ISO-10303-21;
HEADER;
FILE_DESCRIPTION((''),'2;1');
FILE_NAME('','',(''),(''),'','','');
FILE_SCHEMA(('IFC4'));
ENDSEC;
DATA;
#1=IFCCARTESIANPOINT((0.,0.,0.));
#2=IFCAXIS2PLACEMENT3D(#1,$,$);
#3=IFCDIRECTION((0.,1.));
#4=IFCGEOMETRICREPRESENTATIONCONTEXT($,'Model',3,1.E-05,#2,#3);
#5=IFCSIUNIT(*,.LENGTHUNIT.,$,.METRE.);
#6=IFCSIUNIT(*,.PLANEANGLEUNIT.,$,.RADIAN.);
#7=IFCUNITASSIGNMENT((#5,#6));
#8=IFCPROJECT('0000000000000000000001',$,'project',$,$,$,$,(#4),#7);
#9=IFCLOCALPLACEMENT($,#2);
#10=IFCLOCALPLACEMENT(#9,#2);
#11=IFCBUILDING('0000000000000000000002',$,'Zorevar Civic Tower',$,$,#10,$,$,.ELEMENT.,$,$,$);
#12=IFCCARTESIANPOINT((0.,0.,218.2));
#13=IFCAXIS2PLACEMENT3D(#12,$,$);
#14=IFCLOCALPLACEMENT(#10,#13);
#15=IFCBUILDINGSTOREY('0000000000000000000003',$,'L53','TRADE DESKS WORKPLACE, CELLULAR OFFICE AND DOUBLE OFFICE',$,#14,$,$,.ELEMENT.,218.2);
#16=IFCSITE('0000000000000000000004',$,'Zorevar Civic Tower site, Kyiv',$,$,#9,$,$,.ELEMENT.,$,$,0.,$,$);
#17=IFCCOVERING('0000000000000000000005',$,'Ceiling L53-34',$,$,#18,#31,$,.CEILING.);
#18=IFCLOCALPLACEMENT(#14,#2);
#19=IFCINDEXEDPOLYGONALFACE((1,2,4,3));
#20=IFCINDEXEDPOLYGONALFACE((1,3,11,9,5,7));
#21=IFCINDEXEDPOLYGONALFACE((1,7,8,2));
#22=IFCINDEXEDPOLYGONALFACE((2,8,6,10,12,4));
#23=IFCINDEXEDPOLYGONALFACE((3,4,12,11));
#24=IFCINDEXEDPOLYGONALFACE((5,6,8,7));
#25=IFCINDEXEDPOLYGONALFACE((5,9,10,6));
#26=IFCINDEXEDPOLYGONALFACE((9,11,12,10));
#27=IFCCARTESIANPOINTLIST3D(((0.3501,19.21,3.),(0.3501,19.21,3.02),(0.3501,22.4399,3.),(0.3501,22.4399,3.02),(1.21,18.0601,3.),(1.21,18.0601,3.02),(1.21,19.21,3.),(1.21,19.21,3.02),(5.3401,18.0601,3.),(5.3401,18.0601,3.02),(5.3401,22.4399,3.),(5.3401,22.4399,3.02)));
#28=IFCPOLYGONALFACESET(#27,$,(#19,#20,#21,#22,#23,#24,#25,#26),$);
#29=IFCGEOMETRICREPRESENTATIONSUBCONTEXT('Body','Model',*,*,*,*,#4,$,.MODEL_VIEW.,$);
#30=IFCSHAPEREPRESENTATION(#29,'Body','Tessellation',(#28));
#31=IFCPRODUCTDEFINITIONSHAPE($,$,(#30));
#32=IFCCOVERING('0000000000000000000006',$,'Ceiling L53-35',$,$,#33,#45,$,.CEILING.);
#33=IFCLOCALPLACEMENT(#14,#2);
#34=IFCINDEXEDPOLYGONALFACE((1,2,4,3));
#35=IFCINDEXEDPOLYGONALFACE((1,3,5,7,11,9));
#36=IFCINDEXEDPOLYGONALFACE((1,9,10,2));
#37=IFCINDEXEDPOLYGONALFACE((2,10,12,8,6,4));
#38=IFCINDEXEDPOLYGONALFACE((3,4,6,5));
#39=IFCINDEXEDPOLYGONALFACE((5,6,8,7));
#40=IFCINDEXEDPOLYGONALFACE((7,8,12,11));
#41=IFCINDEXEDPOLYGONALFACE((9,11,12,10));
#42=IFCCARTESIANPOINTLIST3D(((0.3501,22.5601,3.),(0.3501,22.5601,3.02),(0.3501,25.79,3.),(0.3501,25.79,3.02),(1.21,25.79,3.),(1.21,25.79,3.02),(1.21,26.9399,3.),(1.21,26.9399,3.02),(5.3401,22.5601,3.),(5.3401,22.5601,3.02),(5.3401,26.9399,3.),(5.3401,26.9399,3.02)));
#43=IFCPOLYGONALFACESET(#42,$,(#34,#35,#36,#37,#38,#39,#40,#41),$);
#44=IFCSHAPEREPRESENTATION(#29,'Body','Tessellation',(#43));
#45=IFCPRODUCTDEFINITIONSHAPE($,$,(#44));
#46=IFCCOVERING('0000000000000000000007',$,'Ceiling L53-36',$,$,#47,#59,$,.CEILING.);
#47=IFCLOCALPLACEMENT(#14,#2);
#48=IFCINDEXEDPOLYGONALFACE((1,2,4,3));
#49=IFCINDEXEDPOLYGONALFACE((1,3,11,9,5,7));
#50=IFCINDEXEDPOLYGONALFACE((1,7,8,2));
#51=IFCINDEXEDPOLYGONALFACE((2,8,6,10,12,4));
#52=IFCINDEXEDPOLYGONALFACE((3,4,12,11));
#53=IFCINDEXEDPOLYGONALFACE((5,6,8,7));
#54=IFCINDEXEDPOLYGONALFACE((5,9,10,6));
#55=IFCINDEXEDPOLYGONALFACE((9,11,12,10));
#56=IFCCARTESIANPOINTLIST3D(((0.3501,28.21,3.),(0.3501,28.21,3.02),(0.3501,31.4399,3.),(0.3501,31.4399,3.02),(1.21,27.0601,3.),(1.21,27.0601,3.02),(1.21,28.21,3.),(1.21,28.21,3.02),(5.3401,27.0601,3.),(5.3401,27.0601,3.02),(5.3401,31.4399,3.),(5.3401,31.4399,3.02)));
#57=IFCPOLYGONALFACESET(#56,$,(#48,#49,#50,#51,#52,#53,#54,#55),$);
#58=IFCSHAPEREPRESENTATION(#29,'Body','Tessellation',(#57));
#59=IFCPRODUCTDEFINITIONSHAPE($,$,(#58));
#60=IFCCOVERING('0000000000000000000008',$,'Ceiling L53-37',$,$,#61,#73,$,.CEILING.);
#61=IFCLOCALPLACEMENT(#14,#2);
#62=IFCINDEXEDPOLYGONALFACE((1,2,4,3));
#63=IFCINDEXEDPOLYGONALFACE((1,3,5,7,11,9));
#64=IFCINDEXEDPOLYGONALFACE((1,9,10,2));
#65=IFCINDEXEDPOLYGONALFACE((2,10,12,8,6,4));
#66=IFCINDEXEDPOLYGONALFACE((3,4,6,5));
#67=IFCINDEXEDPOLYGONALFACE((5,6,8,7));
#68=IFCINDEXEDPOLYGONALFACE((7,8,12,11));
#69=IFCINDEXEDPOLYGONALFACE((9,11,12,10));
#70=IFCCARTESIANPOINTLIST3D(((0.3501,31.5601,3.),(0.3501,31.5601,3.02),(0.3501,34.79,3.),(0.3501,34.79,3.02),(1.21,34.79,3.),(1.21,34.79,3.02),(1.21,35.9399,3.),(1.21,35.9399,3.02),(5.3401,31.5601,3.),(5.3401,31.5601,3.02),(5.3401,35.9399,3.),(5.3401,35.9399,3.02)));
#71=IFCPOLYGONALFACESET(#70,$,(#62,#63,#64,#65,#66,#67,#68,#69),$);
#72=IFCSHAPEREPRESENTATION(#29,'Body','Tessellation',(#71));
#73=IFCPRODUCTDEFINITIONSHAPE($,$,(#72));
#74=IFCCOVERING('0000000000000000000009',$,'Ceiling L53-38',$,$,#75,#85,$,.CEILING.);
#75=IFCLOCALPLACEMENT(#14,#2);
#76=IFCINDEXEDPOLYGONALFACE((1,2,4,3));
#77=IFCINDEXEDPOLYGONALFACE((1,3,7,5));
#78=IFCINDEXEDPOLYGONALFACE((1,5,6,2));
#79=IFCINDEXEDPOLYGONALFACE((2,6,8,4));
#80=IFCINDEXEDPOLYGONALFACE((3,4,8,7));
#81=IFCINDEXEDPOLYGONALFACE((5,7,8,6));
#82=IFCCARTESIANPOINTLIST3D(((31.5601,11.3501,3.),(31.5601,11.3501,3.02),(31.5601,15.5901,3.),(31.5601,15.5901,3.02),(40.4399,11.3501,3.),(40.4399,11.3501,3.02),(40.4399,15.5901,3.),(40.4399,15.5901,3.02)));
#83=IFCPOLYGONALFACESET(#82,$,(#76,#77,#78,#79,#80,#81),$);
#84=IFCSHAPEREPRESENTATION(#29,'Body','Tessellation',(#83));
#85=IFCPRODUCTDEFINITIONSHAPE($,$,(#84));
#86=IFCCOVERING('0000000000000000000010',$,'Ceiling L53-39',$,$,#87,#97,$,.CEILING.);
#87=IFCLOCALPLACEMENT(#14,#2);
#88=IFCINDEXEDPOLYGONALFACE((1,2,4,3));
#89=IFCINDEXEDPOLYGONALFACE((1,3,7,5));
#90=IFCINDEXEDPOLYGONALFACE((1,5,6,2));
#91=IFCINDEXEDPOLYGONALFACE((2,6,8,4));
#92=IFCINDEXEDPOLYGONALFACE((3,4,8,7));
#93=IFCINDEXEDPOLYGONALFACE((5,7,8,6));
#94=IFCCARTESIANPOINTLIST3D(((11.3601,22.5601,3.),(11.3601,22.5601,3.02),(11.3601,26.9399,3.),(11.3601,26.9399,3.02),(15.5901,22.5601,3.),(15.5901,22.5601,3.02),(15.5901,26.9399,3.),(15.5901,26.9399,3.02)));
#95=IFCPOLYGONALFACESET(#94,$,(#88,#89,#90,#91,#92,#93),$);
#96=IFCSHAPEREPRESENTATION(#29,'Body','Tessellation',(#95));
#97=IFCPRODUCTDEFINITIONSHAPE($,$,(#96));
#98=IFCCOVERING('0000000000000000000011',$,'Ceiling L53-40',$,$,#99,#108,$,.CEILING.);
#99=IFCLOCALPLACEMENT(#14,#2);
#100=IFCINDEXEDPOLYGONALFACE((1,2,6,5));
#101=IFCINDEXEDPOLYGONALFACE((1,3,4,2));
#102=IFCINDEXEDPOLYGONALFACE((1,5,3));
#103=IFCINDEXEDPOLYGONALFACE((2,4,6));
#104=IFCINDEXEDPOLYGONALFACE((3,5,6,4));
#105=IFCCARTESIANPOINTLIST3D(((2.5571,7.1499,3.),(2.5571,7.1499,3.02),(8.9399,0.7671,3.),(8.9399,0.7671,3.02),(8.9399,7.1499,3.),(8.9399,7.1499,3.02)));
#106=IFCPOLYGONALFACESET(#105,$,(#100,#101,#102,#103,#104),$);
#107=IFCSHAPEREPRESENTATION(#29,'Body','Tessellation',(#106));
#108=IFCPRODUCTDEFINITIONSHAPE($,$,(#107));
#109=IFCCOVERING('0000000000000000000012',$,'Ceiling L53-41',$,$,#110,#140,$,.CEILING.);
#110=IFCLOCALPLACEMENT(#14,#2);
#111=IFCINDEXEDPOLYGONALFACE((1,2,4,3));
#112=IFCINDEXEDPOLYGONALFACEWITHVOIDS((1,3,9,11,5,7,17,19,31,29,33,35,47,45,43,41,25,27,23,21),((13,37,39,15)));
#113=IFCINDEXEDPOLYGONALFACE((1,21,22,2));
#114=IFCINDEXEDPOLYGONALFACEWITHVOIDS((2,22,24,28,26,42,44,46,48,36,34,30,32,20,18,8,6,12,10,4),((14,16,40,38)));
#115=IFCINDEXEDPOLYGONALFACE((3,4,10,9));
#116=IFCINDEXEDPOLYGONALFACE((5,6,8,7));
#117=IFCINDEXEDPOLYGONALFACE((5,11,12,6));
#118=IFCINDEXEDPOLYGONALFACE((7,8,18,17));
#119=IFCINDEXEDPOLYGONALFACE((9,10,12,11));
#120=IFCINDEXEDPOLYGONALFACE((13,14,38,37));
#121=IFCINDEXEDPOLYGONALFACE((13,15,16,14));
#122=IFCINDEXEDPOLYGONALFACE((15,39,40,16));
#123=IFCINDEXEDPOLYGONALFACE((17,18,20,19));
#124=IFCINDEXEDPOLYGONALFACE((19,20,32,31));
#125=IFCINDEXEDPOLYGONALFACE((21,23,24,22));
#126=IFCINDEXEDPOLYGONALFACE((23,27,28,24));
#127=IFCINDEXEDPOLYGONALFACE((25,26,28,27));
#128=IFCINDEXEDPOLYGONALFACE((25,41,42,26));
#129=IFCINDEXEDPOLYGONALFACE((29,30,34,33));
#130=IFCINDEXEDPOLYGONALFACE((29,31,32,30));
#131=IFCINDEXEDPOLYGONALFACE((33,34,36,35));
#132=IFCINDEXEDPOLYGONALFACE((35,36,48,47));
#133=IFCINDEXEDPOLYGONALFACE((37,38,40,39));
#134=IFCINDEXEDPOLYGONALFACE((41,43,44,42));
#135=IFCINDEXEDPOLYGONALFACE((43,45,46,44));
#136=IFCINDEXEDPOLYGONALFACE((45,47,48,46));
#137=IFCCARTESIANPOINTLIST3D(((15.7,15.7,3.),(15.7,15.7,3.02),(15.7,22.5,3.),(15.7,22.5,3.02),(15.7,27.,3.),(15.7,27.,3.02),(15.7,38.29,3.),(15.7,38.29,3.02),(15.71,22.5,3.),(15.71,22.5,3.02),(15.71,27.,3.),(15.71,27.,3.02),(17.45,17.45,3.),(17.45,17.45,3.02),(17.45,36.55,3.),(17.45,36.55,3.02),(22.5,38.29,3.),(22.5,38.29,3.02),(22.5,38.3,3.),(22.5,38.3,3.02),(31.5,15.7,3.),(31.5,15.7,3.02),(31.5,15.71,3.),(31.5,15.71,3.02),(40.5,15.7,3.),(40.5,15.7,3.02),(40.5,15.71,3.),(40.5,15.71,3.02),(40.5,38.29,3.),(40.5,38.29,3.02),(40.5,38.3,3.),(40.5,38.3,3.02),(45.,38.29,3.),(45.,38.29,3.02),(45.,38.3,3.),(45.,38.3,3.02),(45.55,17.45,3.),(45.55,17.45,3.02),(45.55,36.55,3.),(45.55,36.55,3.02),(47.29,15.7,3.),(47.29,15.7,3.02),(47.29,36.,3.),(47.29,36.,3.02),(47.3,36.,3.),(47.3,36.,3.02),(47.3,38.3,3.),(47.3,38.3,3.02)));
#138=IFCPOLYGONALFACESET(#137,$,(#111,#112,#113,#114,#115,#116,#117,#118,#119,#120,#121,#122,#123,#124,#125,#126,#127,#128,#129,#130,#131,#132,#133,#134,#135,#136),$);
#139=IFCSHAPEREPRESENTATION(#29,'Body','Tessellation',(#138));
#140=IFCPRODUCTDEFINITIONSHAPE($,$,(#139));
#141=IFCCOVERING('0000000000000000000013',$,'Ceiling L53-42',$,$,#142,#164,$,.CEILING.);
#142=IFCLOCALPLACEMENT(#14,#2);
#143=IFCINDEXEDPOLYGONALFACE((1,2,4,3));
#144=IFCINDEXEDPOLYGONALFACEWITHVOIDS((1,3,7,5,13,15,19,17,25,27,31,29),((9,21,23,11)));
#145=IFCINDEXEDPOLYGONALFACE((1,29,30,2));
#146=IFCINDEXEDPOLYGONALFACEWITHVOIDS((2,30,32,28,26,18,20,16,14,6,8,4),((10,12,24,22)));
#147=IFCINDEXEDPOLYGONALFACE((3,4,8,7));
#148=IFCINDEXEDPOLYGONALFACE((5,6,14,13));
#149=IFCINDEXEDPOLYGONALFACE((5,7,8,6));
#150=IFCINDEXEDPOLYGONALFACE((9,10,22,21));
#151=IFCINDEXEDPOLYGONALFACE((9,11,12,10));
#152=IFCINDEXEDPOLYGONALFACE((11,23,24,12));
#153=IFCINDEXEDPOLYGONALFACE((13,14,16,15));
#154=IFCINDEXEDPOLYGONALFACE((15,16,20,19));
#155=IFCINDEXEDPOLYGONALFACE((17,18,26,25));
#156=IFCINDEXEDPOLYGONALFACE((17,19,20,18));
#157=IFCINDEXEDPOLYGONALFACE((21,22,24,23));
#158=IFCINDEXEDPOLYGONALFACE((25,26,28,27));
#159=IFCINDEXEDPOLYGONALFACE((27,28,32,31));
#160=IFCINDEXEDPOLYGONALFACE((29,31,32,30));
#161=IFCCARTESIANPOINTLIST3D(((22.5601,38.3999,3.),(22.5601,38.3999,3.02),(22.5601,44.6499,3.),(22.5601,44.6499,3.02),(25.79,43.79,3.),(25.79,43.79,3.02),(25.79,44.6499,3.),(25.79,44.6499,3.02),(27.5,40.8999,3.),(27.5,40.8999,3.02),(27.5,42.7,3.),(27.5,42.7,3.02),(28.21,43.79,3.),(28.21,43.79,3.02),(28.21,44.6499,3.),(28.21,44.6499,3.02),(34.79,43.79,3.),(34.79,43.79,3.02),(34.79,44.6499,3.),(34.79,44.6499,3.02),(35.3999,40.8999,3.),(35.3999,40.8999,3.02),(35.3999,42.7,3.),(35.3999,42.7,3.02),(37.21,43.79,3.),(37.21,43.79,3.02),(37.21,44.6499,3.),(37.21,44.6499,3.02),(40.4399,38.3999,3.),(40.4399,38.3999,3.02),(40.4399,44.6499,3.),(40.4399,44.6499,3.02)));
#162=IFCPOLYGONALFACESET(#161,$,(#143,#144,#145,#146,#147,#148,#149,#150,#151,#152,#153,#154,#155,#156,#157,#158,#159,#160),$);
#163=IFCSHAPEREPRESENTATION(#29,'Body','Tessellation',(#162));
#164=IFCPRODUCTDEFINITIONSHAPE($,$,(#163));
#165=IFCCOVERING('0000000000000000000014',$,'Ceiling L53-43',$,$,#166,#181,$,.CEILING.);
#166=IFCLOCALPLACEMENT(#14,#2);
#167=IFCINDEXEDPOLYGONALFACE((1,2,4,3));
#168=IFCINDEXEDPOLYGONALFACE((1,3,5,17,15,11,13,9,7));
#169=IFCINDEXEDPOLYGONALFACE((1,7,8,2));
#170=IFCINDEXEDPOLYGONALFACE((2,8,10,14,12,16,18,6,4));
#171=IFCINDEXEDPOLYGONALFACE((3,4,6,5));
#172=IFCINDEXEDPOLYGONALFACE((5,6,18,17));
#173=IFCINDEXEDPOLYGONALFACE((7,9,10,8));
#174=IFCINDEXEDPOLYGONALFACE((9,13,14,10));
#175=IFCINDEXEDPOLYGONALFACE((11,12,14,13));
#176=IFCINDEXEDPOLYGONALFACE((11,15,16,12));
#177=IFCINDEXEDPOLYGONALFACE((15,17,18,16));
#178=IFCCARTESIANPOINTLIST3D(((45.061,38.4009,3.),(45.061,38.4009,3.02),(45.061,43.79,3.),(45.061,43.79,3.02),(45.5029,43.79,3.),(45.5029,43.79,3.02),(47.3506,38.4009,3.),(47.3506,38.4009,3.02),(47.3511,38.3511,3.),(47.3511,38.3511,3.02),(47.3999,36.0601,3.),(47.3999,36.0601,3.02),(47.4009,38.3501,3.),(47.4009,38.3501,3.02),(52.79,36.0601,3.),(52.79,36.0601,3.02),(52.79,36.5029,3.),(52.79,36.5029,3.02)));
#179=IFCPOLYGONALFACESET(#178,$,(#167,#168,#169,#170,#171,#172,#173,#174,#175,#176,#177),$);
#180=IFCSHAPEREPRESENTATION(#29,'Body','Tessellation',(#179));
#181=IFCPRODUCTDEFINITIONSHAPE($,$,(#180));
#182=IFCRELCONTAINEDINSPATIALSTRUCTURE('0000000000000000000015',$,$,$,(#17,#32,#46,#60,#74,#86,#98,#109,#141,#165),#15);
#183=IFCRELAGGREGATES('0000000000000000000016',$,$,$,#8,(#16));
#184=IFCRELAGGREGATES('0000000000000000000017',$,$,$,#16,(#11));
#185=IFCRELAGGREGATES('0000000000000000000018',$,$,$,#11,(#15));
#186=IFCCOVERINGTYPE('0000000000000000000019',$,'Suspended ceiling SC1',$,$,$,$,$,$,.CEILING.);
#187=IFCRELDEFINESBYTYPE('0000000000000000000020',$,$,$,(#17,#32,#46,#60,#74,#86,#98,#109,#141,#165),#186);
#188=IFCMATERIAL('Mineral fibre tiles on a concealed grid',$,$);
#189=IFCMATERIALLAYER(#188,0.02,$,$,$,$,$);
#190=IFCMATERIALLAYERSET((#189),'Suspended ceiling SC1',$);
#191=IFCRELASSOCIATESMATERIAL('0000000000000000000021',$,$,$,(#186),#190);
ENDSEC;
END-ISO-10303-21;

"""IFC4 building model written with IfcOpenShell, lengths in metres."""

from ifc_helpers import new_model, si_unit, direction, frame, origin, place, context, subcontext, project, spatial, polyline, outline, extrude, material, layer, layer_set, type_object, element, save


model = new_model("IFC4")

# Units and contexts
model_context = context("Model", 3, precision=1e-05, world=origin(), true_north=direction((0.0, 1.0)))
body_context = subcontext(model_context, "Body", "Model", "MODEL_VIEW")
ifc_project = project(units=[si_unit("LENGTHUNIT", "METRE"), si_unit("PLANEANGLEUNIT", "RADIAN")], contexts=[model_context])

# Site, building, storey
site_placement = place(None, origin())
site = spatial("IfcSite", under=ifc_project, at=site_placement, Name="Zorevar Civic Tower site, Kyiv", CompositionType="ELEMENT", RefElevation=0.0)
building_placement = place(site_placement, origin())
building = spatial("IfcBuilding", under=site, at=building_placement, Name="Zorevar Civic Tower", CompositionType="ELEMENT")
storey_placement = place(building_placement, frame((0.0, 0.0, 218.2)))
storey = spatial("IfcBuildingStorey", under=building, at=storey_placement, Name="L53", Description="TRADE DESKS WORKPLACE, CELLULAR OFFICE AND DOUBLE OFFICE", CompositionType="ELEMENT", Elevation=218.2)

# Coverings
ifc_material_1 = material(Name="Mineral fibre tiles on a concealed grid")
ifc_layer_1 = layer(ifc_material_1, 0.02)
ifc_layer_set_1 = layer_set([ifc_layer_1], Name="Suspended ceiling SC1")
covering_type_1 = type_object("IfcCoveringType", Name="Suspended ceiling SC1", PredefinedType="CEILING", material=ifc_layer_set_1)
covering_1_placement = place(storey_placement, frame((0.0, 0.0, 3.0)))
element("IfcCovering", 1, at=covering_1_placement, inside=storey, type_object=covering_type_1, Name="Ceiling L53-34", PredefinedType="CEILING", context=body_context, shape_type="SweptSolid", body=[
    extrude(outline(polyline([(5.3401, 18.0601), (1.21, 18.0601), (1.21, 19.21), (0.3501, 19.21), (0.3501, 22.4399), (5.3401, 22.4399), (5.3401, 18.0601)])), origin(), (0.0, 0.0, 1.0), 0.02),
])
covering_2_placement = place(storey_placement, frame((0.0, 0.0, 3.0)))
element("IfcCovering", 2, at=covering_2_placement, inside=storey, type_object=covering_type_1, Name="Ceiling L53-35", PredefinedType="CEILING", context=body_context, shape_type="SweptSolid", body=[
    extrude(outline(polyline([(5.3401, 22.5601), (0.3501, 22.5601), (0.3501, 25.79), (1.21, 25.79), (1.21, 26.9399), (5.3401, 26.9399), (5.3401, 22.5601)])), origin(), (0.0, 0.0, 1.0), 0.02),
])
covering_3_placement = place(storey_placement, frame((0.0, 0.0, 3.0)))
element("IfcCovering", 3, at=covering_3_placement, inside=storey, type_object=covering_type_1, Name="Ceiling L53-36", PredefinedType="CEILING", context=body_context, shape_type="SweptSolid", body=[
    extrude(outline(polyline([(5.3401, 27.0601), (1.21, 27.0601), (1.21, 28.21), (0.3501, 28.21), (0.3501, 31.4399), (5.3401, 31.4399), (5.3401, 27.0601)])), origin(), (0.0, 0.0, 1.0), 0.02),
])
covering_4_placement = place(storey_placement, frame((0.0, 0.0, 3.0)))
element("IfcCovering", 4, at=covering_4_placement, inside=storey, type_object=covering_type_1, Name="Ceiling L53-37", PredefinedType="CEILING", context=body_context, shape_type="SweptSolid", body=[
    extrude(outline(polyline([(5.3401, 31.5601), (0.3501, 31.5601), (0.3501, 34.79), (1.21, 34.79), (1.21, 35.9399), (5.3401, 35.9399), (5.3401, 31.5601)])), origin(), (0.0, 0.0, 1.0), 0.02),
])
covering_5_placement = place(storey_placement, frame((0.0, 0.0, 3.0)))
element("IfcCovering", 5, at=covering_5_placement, inside=storey, type_object=covering_type_1, Name="Ceiling L53-38", PredefinedType="CEILING", context=body_context, shape_type="SweptSolid", body=[
    extrude(outline(polyline([(31.5601, 15.5901), (40.4399, 15.5901), (40.4399, 11.3501), (31.5601, 11.3501), (31.5601, 15.5901)])), origin(), (0.0, 0.0, 1.0), 0.02),
])
covering_6_placement = place(storey_placement, frame((0.0, 0.0, 3.0)))
element("IfcCovering", 6, at=covering_6_placement, inside=storey, type_object=covering_type_1, Name="Ceiling L53-39", PredefinedType="CEILING", context=body_context, shape_type="SweptSolid", body=[
    extrude(outline(polyline([(11.3601, 26.9399), (15.5901, 26.9399), (15.5901, 22.5601), (11.3601, 22.5601), (11.3601, 26.9399)])), origin(), (0.0, 0.0, 1.0), 0.02),
])
covering_7_placement = place(storey_placement, frame((0.0, 0.0, 3.0)))
element("IfcCovering", 7, at=covering_7_placement, inside=storey, type_object=covering_type_1, Name="Ceiling L53-40", PredefinedType="CEILING", context=body_context, shape_type="SweptSolid", body=[
    extrude(outline(polyline([(8.9399, 7.1499), (8.9399, 0.7671), (2.5571, 7.1499), (8.9399, 7.1499)])), origin(), (0.0, 0.0, 1.0), 0.02),
])
covering_8_placement = place(storey_placement, frame((0.0, 0.0, 3.0)))
element("IfcCovering", 8, at=covering_8_placement, inside=storey, type_object=covering_type_1, Name="Ceiling L53-41", PredefinedType="CEILING", context=body_context, shape_type="SweptSolid", body=[
    extrude(outline(polyline([(40.5, 38.3), (40.5, 38.29), (45.0, 38.29), (45.0, 38.3), (47.3, 38.3), (47.3, 36.0), (47.29, 36.0), (47.29, 15.7), (40.5, 15.7), (40.5, 15.71), (31.5, 15.71), (31.5, 15.7), (15.7, 15.7), (15.7, 22.5), (15.71, 22.5), (15.71, 27.0), (15.7, 27.0), (15.7, 38.29), (22.5, 38.29), (22.5, 38.3), (40.5, 38.3)]), holes=[polyline([(45.55, 36.55), (17.45, 36.55), (17.45, 17.45), (45.55, 17.45), (45.55, 36.55)])]), origin(), (0.0, 0.0, 1.0), 0.02),
])
covering_9_placement = place(storey_placement, frame((0.0, 0.0, 3.0)))
element("IfcCovering", 9, at=covering_9_placement, inside=storey, type_object=covering_type_1, Name="Ceiling L53-42", PredefinedType="CEILING", context=body_context, shape_type="SweptSolid", body=[
    extrude(outline(polyline([(40.4399, 44.6499), (40.4399, 38.3999), (22.5601, 38.3999), (22.5601, 44.6499), (25.79, 44.6499), (25.79, 43.79), (28.21, 43.79), (28.21, 44.6499), (34.79, 44.6499), (34.79, 43.79), (37.21, 43.79), (37.21, 44.6499), (40.4399, 44.6499)]), holes=[polyline([(27.5, 42.7), (27.5, 40.8999), (35.3999, 40.8999), (35.3999, 42.7), (27.5, 42.7)])]), origin(), (0.0, 0.0, 1.0), 0.02),
])
covering_10_placement = place(storey_placement, frame((0.0, 0.0, 3.0)))
element("IfcCovering", 10, at=covering_10_placement, inside=storey, type_object=covering_type_1, Name="Ceiling L53-43", PredefinedType="CEILING", context=body_context, shape_type="SweptSolid", body=[
    extrude(outline(polyline([(47.3506, 38.4009), (45.061, 38.4009), (45.061, 43.79), (45.5029, 43.79), (52.79, 36.5029), (52.79, 36.0601), (47.3999, 36.0601), (47.4009, 38.3501), (47.3511, 38.3511), (47.3506, 38.4009)])), origin(), (0.0, 0.0, 1.0), 0.02),
])

save(model, "model.ifc")
